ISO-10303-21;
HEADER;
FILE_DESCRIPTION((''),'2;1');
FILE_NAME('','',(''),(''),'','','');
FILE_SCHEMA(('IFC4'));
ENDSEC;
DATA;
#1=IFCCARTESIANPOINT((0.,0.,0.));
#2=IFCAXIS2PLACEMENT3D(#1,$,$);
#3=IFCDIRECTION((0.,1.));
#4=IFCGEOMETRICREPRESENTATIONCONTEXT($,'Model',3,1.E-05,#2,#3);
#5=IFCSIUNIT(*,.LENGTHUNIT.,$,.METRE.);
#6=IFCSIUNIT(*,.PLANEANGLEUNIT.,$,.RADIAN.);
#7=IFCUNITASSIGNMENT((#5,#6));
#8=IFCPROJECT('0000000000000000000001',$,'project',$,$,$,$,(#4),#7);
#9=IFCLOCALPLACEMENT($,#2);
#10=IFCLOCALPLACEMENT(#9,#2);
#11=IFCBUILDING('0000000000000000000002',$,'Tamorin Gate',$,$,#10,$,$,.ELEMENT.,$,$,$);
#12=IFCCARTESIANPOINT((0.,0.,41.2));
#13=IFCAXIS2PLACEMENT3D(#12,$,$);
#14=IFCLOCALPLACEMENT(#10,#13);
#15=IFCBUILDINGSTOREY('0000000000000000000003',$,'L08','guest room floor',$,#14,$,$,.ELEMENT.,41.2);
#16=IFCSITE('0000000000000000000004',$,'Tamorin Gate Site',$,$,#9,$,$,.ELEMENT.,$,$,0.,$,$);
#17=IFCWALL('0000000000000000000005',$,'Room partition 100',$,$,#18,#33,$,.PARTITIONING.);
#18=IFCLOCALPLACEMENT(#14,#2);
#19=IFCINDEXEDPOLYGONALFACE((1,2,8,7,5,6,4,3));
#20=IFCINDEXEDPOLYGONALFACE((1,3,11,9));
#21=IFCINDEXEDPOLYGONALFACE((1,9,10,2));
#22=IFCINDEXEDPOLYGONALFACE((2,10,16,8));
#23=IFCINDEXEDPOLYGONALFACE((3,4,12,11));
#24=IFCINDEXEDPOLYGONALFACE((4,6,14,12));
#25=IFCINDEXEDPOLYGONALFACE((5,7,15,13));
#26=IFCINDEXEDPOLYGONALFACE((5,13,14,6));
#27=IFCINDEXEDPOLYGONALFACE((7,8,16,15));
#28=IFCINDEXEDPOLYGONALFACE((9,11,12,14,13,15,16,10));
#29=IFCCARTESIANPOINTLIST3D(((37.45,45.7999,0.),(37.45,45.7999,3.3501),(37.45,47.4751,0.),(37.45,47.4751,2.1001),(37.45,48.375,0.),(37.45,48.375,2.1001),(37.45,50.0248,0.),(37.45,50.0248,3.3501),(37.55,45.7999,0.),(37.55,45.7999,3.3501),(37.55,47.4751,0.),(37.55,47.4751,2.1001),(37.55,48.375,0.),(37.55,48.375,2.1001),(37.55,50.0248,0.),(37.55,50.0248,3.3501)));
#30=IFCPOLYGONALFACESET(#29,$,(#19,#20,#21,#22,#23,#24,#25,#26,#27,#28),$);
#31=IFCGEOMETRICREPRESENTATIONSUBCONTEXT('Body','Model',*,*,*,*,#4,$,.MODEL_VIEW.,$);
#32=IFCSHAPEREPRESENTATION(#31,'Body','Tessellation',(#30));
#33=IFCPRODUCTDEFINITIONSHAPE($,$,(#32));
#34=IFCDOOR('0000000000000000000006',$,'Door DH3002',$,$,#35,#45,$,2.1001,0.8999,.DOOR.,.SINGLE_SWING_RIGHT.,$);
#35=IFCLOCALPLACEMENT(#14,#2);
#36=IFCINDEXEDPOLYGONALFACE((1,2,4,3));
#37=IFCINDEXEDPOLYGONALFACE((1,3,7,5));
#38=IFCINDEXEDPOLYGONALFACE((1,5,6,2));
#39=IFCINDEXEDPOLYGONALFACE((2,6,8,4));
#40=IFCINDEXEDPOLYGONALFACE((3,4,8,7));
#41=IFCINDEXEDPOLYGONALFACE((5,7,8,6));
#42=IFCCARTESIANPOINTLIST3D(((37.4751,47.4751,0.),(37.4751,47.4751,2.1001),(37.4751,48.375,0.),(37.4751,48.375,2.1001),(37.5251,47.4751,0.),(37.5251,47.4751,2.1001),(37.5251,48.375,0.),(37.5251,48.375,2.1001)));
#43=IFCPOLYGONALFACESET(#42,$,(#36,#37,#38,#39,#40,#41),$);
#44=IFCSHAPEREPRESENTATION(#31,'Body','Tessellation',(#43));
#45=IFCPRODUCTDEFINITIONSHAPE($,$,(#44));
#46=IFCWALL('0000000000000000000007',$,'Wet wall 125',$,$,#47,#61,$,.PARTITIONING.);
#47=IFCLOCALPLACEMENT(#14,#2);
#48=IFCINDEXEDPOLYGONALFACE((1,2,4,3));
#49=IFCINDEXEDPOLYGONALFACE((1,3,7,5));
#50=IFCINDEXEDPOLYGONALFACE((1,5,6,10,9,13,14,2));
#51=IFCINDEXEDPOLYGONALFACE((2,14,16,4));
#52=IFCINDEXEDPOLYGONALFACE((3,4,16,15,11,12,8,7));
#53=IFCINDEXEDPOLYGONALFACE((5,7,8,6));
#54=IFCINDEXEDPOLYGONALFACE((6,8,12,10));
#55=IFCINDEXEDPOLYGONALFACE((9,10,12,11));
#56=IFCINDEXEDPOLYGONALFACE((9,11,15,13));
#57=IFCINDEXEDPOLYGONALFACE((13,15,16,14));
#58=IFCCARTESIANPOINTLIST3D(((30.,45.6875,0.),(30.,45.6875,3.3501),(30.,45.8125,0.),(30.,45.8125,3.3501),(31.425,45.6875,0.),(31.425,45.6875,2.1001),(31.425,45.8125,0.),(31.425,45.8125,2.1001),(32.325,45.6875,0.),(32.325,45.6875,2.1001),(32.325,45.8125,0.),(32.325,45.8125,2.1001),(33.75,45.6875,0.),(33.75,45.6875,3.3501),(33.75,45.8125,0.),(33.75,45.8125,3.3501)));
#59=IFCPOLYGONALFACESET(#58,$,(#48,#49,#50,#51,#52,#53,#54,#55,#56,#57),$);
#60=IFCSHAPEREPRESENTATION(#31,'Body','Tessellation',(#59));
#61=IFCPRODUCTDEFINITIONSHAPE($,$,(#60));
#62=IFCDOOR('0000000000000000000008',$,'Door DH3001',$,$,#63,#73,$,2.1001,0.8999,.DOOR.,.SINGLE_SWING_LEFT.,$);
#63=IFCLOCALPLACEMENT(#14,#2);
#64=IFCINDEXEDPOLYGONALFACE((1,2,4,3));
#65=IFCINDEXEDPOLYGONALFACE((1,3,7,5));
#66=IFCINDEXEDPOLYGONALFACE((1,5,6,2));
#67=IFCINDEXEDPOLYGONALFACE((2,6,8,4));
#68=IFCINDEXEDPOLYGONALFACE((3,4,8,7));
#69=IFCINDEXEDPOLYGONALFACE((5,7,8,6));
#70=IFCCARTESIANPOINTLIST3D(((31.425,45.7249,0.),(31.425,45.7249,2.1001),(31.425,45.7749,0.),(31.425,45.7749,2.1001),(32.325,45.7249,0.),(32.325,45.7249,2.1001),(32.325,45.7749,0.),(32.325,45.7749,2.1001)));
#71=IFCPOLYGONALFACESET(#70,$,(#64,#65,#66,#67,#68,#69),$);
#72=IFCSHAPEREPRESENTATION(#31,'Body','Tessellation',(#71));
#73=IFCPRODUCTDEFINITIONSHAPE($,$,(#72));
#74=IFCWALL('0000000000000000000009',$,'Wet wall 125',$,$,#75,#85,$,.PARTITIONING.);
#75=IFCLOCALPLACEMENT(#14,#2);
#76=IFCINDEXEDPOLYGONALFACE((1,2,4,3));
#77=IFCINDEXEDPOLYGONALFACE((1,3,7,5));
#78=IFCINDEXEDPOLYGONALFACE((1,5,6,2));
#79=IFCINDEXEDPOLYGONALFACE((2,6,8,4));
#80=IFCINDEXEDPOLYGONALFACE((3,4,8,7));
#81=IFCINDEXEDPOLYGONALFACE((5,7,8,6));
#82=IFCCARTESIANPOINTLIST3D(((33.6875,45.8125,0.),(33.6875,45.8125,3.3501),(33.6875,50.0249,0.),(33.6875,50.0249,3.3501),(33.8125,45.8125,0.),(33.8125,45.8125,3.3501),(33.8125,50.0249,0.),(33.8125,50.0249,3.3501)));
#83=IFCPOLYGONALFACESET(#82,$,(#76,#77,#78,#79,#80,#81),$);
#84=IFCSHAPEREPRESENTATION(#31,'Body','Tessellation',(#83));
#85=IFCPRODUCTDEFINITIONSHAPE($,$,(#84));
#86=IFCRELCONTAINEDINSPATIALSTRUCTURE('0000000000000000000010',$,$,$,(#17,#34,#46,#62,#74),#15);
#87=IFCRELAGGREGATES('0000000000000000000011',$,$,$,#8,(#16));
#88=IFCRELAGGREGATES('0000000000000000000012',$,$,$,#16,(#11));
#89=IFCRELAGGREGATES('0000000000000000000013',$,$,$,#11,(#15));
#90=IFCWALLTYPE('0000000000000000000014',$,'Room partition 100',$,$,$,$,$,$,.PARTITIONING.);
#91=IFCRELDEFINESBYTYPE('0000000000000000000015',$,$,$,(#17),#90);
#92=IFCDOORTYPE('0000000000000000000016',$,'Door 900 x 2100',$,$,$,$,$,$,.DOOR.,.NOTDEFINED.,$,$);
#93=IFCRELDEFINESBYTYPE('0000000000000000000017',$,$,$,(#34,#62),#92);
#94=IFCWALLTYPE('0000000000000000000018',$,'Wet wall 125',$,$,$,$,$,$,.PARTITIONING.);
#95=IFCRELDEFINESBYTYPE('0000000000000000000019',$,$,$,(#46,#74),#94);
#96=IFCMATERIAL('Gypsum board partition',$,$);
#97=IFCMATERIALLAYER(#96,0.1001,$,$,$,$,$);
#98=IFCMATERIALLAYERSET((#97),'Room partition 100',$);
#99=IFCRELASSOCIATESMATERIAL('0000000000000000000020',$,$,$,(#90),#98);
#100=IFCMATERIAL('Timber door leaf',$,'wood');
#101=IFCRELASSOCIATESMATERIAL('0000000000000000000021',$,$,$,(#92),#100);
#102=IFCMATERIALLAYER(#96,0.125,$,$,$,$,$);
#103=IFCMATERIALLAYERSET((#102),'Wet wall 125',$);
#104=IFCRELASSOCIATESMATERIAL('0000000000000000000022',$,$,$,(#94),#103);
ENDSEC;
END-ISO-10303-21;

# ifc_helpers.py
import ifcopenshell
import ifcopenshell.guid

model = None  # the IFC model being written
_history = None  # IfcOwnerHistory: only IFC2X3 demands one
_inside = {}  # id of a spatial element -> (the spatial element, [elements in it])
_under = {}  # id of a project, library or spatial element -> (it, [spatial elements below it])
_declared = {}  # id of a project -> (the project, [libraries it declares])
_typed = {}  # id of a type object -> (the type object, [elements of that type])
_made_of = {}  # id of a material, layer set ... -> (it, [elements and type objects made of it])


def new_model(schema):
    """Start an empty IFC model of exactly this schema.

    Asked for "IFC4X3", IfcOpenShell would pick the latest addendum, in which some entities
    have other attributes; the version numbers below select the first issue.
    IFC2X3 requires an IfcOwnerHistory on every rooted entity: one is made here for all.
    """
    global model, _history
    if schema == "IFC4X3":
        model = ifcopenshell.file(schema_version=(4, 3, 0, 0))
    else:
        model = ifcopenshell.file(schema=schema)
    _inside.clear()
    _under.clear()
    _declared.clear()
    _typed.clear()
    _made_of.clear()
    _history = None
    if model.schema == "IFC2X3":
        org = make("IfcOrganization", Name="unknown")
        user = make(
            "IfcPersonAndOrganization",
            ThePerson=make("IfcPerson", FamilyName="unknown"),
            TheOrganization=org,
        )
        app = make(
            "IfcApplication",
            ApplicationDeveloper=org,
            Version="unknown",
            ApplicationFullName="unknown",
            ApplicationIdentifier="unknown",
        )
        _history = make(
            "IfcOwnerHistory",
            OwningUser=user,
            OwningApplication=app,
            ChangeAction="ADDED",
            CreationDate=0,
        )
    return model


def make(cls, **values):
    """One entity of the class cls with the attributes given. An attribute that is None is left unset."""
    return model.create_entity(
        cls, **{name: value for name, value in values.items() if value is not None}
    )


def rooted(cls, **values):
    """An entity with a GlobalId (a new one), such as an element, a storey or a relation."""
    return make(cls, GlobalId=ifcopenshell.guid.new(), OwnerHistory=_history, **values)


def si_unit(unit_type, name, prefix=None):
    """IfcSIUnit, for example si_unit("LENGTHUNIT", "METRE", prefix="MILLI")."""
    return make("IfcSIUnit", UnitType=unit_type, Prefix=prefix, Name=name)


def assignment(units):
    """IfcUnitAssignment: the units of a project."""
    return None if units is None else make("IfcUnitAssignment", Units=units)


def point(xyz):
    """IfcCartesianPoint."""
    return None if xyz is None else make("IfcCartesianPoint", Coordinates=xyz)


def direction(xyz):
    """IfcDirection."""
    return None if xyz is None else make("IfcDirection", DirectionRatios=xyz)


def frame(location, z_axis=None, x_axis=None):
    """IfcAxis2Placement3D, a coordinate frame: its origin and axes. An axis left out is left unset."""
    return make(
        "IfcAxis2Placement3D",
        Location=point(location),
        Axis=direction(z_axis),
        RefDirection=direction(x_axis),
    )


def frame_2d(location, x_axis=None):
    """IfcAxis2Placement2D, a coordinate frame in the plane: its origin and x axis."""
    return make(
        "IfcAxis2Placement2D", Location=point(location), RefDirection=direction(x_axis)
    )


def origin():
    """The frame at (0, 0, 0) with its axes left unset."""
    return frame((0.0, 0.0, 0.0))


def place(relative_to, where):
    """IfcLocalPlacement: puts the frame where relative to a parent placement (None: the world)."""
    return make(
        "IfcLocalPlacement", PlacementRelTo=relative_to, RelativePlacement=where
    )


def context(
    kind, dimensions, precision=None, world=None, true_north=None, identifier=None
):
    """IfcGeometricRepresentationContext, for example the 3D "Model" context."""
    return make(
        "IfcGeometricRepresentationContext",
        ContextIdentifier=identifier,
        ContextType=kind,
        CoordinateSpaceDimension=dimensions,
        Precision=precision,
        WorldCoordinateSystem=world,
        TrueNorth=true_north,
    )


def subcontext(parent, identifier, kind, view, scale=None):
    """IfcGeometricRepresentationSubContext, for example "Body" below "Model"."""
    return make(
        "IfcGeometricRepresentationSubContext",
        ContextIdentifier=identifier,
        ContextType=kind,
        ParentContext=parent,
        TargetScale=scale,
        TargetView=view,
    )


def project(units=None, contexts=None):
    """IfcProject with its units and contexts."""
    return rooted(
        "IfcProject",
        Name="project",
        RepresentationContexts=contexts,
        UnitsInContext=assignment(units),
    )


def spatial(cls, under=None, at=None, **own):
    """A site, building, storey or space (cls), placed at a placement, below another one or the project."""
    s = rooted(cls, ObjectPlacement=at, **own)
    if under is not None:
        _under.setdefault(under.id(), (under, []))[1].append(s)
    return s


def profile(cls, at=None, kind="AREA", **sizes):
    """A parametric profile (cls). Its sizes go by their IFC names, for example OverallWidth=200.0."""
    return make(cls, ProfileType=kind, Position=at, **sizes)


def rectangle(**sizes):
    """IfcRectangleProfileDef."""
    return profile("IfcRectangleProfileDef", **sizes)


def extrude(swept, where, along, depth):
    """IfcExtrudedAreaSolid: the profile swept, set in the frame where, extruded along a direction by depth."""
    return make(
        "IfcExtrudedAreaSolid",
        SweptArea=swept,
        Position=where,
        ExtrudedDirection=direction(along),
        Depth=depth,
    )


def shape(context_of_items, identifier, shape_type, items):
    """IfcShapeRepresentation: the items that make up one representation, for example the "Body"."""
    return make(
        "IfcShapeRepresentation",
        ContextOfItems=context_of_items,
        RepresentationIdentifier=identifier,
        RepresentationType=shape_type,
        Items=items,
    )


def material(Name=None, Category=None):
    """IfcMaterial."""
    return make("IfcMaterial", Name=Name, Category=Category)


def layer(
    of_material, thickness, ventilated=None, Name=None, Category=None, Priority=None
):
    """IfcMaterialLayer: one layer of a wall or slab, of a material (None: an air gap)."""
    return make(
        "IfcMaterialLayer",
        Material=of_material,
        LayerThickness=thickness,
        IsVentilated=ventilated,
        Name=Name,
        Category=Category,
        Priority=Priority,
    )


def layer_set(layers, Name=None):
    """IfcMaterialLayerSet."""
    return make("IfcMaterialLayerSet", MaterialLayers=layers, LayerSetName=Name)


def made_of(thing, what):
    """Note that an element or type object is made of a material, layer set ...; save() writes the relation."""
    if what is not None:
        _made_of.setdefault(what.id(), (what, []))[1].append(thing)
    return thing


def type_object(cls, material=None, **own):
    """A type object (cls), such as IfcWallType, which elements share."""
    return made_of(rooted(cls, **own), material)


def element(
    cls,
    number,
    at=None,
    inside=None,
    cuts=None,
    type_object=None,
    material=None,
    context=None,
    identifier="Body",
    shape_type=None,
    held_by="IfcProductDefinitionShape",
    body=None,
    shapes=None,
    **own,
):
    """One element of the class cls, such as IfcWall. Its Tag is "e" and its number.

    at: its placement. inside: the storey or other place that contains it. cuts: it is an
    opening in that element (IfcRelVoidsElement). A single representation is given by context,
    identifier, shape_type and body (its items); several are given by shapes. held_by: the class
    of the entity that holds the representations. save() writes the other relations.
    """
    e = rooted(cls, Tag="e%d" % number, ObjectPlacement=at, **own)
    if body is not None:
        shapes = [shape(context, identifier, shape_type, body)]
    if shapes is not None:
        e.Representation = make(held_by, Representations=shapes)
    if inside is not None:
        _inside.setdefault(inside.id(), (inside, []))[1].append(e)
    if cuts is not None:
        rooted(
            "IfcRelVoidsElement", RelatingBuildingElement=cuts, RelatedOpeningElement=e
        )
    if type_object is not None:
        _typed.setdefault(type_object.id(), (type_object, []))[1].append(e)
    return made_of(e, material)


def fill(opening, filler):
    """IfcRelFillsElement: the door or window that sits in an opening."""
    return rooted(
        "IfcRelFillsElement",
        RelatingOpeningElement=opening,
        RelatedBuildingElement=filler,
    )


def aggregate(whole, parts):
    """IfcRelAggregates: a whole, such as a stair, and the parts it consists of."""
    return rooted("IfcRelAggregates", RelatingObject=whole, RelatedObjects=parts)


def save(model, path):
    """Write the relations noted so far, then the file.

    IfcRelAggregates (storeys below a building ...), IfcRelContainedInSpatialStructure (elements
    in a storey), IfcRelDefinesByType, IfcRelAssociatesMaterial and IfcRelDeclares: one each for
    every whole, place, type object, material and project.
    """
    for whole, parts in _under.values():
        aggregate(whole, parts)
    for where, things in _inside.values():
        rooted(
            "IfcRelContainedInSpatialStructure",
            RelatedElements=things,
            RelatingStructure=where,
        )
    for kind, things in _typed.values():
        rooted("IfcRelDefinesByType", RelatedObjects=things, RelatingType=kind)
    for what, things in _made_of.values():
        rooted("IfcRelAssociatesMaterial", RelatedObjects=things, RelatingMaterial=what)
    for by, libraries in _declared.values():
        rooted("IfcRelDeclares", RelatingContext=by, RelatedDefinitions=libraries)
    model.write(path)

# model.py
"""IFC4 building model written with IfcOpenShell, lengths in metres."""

from ifc_helpers import new_model, si_unit, direction, frame, frame_2d, origin, place, context, subcontext, project, spatial, rectangle, extrude, material, layer, layer_set, type_object, element, fill, save


model = new_model("IFC4")

# Units and contexts
model_context = context("Model", 3, precision=1e-05, world=origin(), true_north=direction((0.0, 1.0)))
body_context = subcontext(model_context, "Body", "Model", "MODEL_VIEW")
ifc_project = project(units=[si_unit("LENGTHUNIT", "METRE"), si_unit("PLANEANGLEUNIT", "RADIAN")], contexts=[model_context])

# Site, building, storey
site_placement = place(None, origin())
site = spatial("IfcSite", under=ifc_project, at=site_placement, Name="Tamorin Gate Site", CompositionType="ELEMENT", RefElevation=0.0)
building_placement = place(site_placement, origin())
building = spatial("IfcBuilding", under=site, at=building_placement, Name="Tamorin Gate", CompositionType="ELEMENT")
storey_placement = place(building_placement, frame((0.0, 0.0, 41.2)))
storey = spatial("IfcBuildingStorey", under=building, at=storey_placement, Name="L08", Description="guest room floor", CompositionType="ELEMENT", Elevation=41.2)

# Walls, openings, doors
ifc_material_1 = material(Name="Gypsum board partition")
ifc_layer_1 = layer(ifc_material_1, 0.1001)
ifc_layer_set_1 = layer_set([ifc_layer_1], Name="Room partition 100")
wall_type_1 = type_object("IfcWallType", Name="Room partition 100", PredefinedType="PARTITIONING", material=ifc_layer_set_1)
ifc_material_2 = material(Name="Timber door leaf", Category="wood")
door_type = type_object("IfcDoorType", Name="Door 900 x 2100", OperationType="NOTDEFINED", PredefinedType="DOOR", material=ifc_material_2)
wall_1_placement = place(storey_placement, frame((37.5, 45.8, 0.0), z_axis=(0.0, 0.0, 1.0), x_axis=(0.0, 1.0, 0.0)))
wall_1 = element("IfcWall", 1, at=wall_1_placement, inside=storey, type_object=wall_type_1, Name="Room partition 100", PredefinedType="PARTITIONING", context=body_context, shape_type="SweptSolid", body=[
    extrude(rectangle(XDim=4.2249, YDim=0.1001, at=frame_2d((2.1123, 0.0))), origin(), (0.0, 0.0, 1.0), 3.3501),
])
opening_1_placement = place(wall_1_placement, frame((1.675, 0.0, 0.0)))
opening_1 = element("IfcOpeningElement", 2, at=opening_1_placement, cuts=wall_1, PredefinedType="OPENING", context=body_context, shape_type="SweptSolid", body=[
    extrude(rectangle(XDim=0.8999, YDim=2.1001, at=frame_2d((0.45, 1.05))), frame((0.0, 0.0601, 0.0), z_axis=(0.0, -1.0, 0.0), x_axis=(1.0, 0.0, 0.0)), (0.0, 0.0, 1.0), 0.1201),
])
door_1_placement = place(opening_1_placement, origin())
door_1 = element("IfcDoor", 3, at=door_1_placement, inside=storey, type_object=door_type, Name="Door DH3002", OperationType="SINGLE_SWING_RIGHT", OverallHeight=2.1001, OverallWidth=0.8999, PredefinedType="DOOR", context=body_context, shape_type="SweptSolid", body=[
    extrude(rectangle(XDim=0.8999, YDim=2.1001, at=frame_2d((0.45, 1.05))), frame((0.0, 0.0249, 0.0), z_axis=(0.0, -1.0, 0.0), x_axis=(1.0, 0.0, 0.0)), (0.0, 0.0, 1.0), 0.05),
])
fill(opening_1, door_1)
ifc_layer_2 = layer(ifc_material_1, 0.125)
ifc_layer_set_2 = layer_set([ifc_layer_2], Name="Wet wall 125")
wall_type_2 = type_object("IfcWallType", Name="Wet wall 125", PredefinedType="PARTITIONING", material=ifc_layer_set_2)
wall_2_placement = place(storey_placement, frame((30.0, 45.75, 0.0), z_axis=(0.0, 0.0, 1.0), x_axis=(1.0, 0.0, 0.0)))
wall_2 = element("IfcWall", 4, at=wall_2_placement, inside=storey, type_object=wall_type_2, Name="Wet wall 125", PredefinedType="PARTITIONING", context=body_context, shape_type="SweptSolid", body=[
    extrude(rectangle(XDim=3.75, YDim=0.125, at=frame_2d((1.875, 0.0))), origin(), (0.0, 0.0, 1.0), 3.3501),
])
opening_2_placement = place(wall_2_placement, frame((1.425, 0.0, 0.0)))
opening_2 = element("IfcOpeningElement", 5, at=opening_2_placement, cuts=wall_2, PredefinedType="OPENING", context=body_context, shape_type="SweptSolid", body=[
    extrude(rectangle(XDim=0.8999, YDim=2.1001, at=frame_2d((0.45, 1.05))), frame((0.0, 0.0725, 0.0), z_axis=(0.0, -1.0, 0.0), x_axis=(1.0, 0.0, 0.0)), (0.0, 0.0, 1.0), 0.145),
])
door_2_placement = place(opening_2_placement, origin())
door_2 = element("IfcDoor", 6, at=door_2_placement, inside=storey, type_object=door_type, Name="Door DH3001", OperationType="SINGLE_SWING_LEFT", OverallHeight=2.1001, OverallWidth=0.8999, PredefinedType="DOOR", context=body_context, shape_type="SweptSolid", body=[
    extrude(rectangle(XDim=0.8999, YDim=2.1001, at=frame_2d((0.45, 1.05))), frame((0.0, 0.0249, 0.0), z_axis=(0.0, -1.0, 0.0), x_axis=(1.0, 0.0, 0.0)), (0.0, 0.0, 1.0), 0.05),
])
fill(opening_2, door_2)

# Wall
wall_3_placement = place(storey_placement, frame((33.75, 45.8125, 0.0), z_axis=(0.0, 0.0, 1.0), x_axis=(0.0, 1.0, 0.0)))
element("IfcWall", 7, at=wall_3_placement, inside=storey, type_object=wall_type_2, Name="Wet wall 125", PredefinedType="PARTITIONING", context=body_context, shape_type="SweptSolid", body=[
    extrude(rectangle(XDim=4.2124, YDim=0.125, at=frame_2d((2.1062, 0.0))), origin(), (0.0, 0.0, 1.0), 3.3501),
])

save(model, "model.ifc")
